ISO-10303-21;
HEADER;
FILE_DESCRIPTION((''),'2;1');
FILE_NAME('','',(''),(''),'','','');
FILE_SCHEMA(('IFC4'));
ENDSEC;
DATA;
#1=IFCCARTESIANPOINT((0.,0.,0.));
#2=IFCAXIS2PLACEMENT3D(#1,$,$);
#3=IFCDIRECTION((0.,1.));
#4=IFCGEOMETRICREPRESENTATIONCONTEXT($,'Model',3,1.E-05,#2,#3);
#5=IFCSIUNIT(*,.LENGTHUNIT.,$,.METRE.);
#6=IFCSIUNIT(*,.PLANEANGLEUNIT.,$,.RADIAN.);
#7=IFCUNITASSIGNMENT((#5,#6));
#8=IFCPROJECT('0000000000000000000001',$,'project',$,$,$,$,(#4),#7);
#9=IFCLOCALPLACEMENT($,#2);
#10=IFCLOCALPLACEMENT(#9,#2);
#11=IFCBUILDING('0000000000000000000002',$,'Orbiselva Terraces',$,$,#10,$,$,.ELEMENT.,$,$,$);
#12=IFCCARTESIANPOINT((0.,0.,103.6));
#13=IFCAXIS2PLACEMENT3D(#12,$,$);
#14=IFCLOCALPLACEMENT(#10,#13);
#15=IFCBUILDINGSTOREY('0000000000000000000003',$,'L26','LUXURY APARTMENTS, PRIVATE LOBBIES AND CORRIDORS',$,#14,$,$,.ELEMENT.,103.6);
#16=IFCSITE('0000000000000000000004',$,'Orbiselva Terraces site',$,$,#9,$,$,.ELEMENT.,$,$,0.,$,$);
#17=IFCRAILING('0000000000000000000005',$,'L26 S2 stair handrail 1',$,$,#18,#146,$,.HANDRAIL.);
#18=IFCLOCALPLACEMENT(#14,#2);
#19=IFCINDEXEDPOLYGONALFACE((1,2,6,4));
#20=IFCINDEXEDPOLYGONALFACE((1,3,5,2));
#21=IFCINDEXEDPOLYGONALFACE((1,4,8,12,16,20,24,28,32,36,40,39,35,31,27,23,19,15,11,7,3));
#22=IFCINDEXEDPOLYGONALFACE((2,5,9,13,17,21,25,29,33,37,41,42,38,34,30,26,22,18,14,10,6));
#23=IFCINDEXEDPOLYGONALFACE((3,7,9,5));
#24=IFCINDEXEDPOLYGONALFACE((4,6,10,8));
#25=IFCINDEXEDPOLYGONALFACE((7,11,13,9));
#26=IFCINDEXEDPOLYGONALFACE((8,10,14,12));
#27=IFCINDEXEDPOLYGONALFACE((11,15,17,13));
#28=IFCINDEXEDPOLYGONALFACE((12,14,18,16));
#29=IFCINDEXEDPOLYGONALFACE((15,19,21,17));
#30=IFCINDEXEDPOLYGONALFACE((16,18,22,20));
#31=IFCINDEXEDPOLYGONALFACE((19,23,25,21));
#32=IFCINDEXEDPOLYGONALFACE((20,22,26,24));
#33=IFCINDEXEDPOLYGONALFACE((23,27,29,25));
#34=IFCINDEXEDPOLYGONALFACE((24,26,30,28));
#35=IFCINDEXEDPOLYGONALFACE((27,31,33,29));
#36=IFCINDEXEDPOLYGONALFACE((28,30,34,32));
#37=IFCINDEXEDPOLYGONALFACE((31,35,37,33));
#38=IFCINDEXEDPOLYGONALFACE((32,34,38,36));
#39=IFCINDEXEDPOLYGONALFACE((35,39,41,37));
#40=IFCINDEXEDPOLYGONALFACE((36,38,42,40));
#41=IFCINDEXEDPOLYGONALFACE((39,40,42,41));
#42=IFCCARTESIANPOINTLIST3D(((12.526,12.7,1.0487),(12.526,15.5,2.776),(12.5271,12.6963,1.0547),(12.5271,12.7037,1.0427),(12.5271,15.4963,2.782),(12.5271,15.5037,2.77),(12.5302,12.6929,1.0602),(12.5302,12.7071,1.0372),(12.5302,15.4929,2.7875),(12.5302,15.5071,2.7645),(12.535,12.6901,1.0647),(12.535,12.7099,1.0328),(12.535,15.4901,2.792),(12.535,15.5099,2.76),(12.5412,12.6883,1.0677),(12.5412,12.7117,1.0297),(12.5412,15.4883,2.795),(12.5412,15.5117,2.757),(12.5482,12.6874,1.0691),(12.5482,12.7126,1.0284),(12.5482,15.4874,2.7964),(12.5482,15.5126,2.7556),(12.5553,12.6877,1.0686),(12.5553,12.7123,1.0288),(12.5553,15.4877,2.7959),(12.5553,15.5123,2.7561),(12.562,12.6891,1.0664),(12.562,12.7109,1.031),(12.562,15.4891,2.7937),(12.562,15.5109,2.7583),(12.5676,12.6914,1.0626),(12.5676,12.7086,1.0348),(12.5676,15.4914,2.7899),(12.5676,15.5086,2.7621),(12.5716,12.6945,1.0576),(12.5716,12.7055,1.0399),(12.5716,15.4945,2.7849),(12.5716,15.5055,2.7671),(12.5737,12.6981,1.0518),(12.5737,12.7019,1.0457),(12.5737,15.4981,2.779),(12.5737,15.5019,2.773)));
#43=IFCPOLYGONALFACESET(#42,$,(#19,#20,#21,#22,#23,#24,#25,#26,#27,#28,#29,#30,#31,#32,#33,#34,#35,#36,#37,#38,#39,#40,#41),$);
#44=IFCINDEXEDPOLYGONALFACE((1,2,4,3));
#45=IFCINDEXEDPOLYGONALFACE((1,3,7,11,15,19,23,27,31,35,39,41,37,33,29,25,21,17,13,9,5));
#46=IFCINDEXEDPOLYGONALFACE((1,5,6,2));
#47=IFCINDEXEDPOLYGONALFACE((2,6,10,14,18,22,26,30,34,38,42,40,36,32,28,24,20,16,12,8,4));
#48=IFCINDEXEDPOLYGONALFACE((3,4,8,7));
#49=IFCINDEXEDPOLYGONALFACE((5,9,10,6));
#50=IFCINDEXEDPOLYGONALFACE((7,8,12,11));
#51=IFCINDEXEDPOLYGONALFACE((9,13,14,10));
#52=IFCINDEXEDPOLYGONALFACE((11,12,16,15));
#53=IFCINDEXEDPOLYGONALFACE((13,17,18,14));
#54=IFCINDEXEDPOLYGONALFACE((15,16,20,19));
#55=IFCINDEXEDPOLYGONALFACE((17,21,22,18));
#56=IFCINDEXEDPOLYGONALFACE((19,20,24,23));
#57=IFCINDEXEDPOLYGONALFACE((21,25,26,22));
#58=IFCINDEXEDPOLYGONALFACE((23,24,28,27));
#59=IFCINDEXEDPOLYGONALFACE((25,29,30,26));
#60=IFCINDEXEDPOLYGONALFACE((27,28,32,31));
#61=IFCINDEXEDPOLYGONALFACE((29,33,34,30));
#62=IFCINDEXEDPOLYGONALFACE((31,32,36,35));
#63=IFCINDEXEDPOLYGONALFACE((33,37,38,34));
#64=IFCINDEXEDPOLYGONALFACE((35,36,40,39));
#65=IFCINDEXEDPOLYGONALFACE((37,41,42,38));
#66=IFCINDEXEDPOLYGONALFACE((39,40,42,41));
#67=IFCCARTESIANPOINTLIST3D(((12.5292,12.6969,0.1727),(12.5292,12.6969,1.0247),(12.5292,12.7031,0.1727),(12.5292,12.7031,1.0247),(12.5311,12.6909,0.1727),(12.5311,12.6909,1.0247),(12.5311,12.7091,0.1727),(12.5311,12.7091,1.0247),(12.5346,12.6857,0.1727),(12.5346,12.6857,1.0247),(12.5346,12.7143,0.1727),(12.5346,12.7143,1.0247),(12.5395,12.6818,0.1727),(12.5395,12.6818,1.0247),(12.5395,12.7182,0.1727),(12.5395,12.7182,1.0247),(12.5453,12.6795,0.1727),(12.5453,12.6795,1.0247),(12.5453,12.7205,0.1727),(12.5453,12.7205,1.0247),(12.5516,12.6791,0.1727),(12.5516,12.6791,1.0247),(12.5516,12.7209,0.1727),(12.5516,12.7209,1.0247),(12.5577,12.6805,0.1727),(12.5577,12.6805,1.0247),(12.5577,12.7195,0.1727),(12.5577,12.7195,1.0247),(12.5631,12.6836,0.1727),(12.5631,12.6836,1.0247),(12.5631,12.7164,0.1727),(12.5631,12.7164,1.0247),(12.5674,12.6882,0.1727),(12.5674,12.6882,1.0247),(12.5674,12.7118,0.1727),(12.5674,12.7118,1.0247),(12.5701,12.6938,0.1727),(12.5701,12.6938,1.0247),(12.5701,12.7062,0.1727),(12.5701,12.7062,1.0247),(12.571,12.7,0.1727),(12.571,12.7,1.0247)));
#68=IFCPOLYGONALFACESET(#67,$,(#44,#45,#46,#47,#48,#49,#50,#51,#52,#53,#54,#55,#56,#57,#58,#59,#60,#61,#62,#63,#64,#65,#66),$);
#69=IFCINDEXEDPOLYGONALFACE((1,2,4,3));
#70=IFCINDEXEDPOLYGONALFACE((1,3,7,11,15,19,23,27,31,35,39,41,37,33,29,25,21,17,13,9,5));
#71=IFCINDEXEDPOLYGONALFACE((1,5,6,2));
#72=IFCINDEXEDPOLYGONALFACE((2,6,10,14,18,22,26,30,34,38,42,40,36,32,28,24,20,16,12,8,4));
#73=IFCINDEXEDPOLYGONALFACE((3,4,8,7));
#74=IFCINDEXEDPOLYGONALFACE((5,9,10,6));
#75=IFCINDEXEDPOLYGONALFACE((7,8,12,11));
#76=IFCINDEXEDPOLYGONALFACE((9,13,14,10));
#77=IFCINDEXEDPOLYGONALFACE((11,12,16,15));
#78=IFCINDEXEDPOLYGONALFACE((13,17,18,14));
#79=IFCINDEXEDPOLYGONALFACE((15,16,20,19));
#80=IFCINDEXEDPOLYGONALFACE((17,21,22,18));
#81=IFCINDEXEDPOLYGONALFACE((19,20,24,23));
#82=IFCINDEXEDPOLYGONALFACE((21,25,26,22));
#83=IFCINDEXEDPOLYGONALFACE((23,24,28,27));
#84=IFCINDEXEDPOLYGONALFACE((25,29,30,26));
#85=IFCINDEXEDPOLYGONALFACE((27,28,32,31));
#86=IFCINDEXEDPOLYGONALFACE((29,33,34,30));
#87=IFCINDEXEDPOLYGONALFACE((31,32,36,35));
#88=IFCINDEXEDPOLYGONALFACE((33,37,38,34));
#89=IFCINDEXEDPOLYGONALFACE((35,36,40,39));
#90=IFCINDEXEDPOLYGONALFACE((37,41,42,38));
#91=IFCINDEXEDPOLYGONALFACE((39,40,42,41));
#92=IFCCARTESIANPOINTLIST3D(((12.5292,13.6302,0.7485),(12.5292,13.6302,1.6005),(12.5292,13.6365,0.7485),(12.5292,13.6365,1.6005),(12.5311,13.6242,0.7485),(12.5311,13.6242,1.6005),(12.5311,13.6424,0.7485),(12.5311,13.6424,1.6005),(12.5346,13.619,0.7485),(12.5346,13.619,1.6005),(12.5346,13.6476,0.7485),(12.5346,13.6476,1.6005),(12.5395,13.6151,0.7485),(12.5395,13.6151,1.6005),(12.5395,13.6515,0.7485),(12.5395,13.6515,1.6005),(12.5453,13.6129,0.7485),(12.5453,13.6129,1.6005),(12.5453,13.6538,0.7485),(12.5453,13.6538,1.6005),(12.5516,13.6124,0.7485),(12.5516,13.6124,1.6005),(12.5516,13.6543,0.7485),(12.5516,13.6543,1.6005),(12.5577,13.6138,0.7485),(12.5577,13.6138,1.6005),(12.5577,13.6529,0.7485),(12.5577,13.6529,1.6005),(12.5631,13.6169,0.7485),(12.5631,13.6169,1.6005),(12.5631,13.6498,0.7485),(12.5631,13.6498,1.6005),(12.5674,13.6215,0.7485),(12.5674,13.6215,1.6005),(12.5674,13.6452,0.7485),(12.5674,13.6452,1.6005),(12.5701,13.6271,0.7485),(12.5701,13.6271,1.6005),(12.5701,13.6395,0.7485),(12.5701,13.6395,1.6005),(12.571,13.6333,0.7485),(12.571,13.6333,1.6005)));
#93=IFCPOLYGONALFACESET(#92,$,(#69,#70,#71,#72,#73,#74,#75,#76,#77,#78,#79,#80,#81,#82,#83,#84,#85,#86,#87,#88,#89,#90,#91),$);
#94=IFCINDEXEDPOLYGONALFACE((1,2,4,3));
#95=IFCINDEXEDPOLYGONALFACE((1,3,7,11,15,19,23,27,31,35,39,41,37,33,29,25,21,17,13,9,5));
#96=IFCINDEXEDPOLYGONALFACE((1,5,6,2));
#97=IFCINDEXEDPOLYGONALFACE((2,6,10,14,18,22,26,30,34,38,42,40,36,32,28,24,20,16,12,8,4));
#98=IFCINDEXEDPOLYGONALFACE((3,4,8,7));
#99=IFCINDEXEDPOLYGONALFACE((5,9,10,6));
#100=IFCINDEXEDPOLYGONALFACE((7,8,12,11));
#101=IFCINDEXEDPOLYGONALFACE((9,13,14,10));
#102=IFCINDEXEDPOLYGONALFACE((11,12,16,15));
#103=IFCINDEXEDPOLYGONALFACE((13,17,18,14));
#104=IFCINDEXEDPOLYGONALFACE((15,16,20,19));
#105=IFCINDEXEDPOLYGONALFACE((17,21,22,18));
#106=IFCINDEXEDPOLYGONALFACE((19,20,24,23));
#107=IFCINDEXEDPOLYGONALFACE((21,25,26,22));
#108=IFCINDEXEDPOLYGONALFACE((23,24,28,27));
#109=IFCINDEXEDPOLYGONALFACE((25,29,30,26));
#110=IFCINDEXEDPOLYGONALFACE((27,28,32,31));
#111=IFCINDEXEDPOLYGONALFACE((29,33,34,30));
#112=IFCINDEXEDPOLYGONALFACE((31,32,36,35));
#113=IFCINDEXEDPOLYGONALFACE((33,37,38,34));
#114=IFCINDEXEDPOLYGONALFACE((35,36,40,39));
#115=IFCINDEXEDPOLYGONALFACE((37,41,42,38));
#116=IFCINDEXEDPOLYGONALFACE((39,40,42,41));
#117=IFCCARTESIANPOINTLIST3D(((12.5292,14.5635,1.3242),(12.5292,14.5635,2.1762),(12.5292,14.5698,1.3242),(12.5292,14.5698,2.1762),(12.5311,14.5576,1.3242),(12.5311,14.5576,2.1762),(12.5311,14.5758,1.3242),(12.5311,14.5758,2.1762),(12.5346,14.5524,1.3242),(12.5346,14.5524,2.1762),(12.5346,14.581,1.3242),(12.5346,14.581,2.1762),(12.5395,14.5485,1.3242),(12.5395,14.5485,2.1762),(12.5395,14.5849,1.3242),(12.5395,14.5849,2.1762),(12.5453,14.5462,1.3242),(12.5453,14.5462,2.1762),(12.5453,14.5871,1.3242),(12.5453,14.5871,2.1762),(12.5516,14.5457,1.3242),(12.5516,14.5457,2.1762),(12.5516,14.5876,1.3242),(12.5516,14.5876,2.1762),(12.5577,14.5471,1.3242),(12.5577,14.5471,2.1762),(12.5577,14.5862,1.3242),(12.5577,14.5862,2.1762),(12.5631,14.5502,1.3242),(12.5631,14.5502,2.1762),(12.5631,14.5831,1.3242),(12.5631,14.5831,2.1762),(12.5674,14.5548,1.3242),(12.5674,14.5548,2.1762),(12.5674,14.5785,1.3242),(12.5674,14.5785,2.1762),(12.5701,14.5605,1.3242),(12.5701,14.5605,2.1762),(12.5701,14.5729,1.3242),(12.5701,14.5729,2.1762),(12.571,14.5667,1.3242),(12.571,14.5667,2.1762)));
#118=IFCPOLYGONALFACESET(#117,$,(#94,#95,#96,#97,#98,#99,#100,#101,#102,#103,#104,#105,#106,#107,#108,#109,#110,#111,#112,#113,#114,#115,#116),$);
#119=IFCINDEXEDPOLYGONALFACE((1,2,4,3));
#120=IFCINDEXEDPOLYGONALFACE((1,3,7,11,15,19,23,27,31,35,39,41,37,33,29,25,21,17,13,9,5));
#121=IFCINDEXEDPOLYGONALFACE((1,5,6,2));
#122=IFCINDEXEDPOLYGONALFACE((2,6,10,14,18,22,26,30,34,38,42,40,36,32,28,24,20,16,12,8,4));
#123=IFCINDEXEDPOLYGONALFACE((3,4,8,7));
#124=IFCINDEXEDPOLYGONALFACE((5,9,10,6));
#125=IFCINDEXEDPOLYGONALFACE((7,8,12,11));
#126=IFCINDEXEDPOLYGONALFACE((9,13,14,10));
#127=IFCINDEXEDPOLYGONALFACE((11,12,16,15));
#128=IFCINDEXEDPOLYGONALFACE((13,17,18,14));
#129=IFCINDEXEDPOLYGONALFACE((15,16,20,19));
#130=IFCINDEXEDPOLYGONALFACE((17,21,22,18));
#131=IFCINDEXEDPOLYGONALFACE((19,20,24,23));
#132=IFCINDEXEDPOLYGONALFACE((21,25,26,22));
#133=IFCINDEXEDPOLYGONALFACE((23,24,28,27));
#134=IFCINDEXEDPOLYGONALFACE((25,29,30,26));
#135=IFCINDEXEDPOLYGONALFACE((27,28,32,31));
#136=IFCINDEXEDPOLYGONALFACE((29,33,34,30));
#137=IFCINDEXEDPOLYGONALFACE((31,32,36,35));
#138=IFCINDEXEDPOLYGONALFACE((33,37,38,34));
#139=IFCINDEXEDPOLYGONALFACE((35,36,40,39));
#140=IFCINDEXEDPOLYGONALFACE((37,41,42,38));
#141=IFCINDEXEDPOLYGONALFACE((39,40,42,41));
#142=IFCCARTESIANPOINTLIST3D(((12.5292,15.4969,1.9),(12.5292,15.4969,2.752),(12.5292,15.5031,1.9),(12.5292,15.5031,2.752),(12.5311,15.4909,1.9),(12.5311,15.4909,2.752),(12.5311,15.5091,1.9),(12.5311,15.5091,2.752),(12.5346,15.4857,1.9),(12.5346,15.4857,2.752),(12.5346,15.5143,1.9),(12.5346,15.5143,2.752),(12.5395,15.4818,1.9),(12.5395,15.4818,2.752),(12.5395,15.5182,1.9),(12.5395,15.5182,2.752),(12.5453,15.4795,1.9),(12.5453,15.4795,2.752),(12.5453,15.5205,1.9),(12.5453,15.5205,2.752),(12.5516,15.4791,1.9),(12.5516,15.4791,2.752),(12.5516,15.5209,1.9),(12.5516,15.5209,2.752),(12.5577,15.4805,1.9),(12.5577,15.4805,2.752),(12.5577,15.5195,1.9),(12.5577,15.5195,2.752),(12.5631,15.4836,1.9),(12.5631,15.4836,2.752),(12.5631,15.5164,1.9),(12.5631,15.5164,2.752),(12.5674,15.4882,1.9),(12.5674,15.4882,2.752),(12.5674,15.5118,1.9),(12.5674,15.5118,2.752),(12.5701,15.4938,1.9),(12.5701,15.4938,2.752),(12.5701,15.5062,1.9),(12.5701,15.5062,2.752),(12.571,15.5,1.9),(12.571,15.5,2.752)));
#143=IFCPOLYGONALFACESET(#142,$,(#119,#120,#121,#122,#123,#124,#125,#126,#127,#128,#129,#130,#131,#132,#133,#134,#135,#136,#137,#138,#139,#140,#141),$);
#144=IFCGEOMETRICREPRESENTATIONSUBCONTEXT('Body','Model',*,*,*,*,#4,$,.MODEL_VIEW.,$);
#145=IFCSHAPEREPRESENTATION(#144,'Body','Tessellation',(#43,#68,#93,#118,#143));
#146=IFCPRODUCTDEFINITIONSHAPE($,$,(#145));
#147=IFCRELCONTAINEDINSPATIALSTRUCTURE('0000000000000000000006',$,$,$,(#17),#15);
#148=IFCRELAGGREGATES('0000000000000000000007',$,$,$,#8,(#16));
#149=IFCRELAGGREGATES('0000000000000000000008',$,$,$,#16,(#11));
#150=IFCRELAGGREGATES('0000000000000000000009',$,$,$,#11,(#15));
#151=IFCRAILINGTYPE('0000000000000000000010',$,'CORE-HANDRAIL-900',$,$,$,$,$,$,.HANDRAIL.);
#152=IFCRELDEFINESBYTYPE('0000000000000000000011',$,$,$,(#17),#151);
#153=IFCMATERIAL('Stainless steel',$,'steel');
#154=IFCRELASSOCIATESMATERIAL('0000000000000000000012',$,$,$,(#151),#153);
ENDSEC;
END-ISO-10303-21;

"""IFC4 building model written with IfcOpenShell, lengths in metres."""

from ifc_helpers import new_model, si_unit, direction, frame, origin, origin_2d, place, context, subcontext, project, spatial, circle, extrude, material, type_object, element, save


model = new_model("IFC4")

# Units and contexts
model_context = context("Model", 3, precision=1e-05, world=origin(), true_north=direction((0.0, 1.0)))
body_context = subcontext(model_context, "Body", "Model", "MODEL_VIEW")
ifc_project = project(units=[si_unit("LENGTHUNIT", "METRE"), si_unit("PLANEANGLEUNIT", "RADIAN")], contexts=[model_context])

# Site, building, storey
site_placement = place(None, origin())
site = spatial("IfcSite", under=ifc_project, at=site_placement, Name="Orbiselva Terraces site", CompositionType="ELEMENT", RefElevation=0.0)
building_placement = place(site_placement, origin())
building = spatial("IfcBuilding", under=site, at=building_placement, Name="Orbiselva Terraces", CompositionType="ELEMENT")
storey_placement = place(building_placement, frame((0.0, 0.0, 103.6)))
storey = spatial("IfcBuildingStorey", under=building, at=storey_placement, Name="L26", Description="LUXURY APARTMENTS, PRIVATE LOBBIES AND CORRIDORS", CompositionType="ELEMENT", Elevation=103.6)

# Railing
ifc_material_1 = material(Name="Stainless steel", Category="steel")
railing_type = type_object("IfcRailingType", Name="CORE-HANDRAIL-900", PredefinedType="HANDRAIL", material=ifc_material_1)
railing_1_placement = place(storey_placement, frame((12.55, 12.7, 0.1727)))
element("IfcRailing", 1, at=railing_1_placement, inside=storey, type_object=railing_type, Name="L26 S2 stair handrail 1", PredefinedType="HANDRAIL", context=body_context, shape_type="SweptSolid", body=[
    extrude(circle(Radius=0.024, at=origin_2d()), frame((0.0, 0.0, 0.876), z_axis=(0.0, 0.851089, 0.525022), x_axis=(-1.0, 0.0, 0.0)), (0.0, 0.0, 1.0), 3.2899),
    extrude(circle(Radius=0.021, at=origin_2d()), origin(), (0.0, 0.0, 1.0), 0.852),
    extrude(circle(Radius=0.021, at=origin_2d()), frame((0.0, 0.9333, 0.5758)), (0.0, 0.0, 1.0), 0.852),
    extrude(circle(Radius=0.021, at=origin_2d()), frame((0.0, 1.8667, 1.1515)), (0.0, 0.0, 1.0), 0.852),
    extrude(circle(Radius=0.021, at=origin_2d()), frame((0.0, 2.8, 1.7273)), (0.0, 0.0, 1.0), 0.852),
])

save(model, "model.ifc")
